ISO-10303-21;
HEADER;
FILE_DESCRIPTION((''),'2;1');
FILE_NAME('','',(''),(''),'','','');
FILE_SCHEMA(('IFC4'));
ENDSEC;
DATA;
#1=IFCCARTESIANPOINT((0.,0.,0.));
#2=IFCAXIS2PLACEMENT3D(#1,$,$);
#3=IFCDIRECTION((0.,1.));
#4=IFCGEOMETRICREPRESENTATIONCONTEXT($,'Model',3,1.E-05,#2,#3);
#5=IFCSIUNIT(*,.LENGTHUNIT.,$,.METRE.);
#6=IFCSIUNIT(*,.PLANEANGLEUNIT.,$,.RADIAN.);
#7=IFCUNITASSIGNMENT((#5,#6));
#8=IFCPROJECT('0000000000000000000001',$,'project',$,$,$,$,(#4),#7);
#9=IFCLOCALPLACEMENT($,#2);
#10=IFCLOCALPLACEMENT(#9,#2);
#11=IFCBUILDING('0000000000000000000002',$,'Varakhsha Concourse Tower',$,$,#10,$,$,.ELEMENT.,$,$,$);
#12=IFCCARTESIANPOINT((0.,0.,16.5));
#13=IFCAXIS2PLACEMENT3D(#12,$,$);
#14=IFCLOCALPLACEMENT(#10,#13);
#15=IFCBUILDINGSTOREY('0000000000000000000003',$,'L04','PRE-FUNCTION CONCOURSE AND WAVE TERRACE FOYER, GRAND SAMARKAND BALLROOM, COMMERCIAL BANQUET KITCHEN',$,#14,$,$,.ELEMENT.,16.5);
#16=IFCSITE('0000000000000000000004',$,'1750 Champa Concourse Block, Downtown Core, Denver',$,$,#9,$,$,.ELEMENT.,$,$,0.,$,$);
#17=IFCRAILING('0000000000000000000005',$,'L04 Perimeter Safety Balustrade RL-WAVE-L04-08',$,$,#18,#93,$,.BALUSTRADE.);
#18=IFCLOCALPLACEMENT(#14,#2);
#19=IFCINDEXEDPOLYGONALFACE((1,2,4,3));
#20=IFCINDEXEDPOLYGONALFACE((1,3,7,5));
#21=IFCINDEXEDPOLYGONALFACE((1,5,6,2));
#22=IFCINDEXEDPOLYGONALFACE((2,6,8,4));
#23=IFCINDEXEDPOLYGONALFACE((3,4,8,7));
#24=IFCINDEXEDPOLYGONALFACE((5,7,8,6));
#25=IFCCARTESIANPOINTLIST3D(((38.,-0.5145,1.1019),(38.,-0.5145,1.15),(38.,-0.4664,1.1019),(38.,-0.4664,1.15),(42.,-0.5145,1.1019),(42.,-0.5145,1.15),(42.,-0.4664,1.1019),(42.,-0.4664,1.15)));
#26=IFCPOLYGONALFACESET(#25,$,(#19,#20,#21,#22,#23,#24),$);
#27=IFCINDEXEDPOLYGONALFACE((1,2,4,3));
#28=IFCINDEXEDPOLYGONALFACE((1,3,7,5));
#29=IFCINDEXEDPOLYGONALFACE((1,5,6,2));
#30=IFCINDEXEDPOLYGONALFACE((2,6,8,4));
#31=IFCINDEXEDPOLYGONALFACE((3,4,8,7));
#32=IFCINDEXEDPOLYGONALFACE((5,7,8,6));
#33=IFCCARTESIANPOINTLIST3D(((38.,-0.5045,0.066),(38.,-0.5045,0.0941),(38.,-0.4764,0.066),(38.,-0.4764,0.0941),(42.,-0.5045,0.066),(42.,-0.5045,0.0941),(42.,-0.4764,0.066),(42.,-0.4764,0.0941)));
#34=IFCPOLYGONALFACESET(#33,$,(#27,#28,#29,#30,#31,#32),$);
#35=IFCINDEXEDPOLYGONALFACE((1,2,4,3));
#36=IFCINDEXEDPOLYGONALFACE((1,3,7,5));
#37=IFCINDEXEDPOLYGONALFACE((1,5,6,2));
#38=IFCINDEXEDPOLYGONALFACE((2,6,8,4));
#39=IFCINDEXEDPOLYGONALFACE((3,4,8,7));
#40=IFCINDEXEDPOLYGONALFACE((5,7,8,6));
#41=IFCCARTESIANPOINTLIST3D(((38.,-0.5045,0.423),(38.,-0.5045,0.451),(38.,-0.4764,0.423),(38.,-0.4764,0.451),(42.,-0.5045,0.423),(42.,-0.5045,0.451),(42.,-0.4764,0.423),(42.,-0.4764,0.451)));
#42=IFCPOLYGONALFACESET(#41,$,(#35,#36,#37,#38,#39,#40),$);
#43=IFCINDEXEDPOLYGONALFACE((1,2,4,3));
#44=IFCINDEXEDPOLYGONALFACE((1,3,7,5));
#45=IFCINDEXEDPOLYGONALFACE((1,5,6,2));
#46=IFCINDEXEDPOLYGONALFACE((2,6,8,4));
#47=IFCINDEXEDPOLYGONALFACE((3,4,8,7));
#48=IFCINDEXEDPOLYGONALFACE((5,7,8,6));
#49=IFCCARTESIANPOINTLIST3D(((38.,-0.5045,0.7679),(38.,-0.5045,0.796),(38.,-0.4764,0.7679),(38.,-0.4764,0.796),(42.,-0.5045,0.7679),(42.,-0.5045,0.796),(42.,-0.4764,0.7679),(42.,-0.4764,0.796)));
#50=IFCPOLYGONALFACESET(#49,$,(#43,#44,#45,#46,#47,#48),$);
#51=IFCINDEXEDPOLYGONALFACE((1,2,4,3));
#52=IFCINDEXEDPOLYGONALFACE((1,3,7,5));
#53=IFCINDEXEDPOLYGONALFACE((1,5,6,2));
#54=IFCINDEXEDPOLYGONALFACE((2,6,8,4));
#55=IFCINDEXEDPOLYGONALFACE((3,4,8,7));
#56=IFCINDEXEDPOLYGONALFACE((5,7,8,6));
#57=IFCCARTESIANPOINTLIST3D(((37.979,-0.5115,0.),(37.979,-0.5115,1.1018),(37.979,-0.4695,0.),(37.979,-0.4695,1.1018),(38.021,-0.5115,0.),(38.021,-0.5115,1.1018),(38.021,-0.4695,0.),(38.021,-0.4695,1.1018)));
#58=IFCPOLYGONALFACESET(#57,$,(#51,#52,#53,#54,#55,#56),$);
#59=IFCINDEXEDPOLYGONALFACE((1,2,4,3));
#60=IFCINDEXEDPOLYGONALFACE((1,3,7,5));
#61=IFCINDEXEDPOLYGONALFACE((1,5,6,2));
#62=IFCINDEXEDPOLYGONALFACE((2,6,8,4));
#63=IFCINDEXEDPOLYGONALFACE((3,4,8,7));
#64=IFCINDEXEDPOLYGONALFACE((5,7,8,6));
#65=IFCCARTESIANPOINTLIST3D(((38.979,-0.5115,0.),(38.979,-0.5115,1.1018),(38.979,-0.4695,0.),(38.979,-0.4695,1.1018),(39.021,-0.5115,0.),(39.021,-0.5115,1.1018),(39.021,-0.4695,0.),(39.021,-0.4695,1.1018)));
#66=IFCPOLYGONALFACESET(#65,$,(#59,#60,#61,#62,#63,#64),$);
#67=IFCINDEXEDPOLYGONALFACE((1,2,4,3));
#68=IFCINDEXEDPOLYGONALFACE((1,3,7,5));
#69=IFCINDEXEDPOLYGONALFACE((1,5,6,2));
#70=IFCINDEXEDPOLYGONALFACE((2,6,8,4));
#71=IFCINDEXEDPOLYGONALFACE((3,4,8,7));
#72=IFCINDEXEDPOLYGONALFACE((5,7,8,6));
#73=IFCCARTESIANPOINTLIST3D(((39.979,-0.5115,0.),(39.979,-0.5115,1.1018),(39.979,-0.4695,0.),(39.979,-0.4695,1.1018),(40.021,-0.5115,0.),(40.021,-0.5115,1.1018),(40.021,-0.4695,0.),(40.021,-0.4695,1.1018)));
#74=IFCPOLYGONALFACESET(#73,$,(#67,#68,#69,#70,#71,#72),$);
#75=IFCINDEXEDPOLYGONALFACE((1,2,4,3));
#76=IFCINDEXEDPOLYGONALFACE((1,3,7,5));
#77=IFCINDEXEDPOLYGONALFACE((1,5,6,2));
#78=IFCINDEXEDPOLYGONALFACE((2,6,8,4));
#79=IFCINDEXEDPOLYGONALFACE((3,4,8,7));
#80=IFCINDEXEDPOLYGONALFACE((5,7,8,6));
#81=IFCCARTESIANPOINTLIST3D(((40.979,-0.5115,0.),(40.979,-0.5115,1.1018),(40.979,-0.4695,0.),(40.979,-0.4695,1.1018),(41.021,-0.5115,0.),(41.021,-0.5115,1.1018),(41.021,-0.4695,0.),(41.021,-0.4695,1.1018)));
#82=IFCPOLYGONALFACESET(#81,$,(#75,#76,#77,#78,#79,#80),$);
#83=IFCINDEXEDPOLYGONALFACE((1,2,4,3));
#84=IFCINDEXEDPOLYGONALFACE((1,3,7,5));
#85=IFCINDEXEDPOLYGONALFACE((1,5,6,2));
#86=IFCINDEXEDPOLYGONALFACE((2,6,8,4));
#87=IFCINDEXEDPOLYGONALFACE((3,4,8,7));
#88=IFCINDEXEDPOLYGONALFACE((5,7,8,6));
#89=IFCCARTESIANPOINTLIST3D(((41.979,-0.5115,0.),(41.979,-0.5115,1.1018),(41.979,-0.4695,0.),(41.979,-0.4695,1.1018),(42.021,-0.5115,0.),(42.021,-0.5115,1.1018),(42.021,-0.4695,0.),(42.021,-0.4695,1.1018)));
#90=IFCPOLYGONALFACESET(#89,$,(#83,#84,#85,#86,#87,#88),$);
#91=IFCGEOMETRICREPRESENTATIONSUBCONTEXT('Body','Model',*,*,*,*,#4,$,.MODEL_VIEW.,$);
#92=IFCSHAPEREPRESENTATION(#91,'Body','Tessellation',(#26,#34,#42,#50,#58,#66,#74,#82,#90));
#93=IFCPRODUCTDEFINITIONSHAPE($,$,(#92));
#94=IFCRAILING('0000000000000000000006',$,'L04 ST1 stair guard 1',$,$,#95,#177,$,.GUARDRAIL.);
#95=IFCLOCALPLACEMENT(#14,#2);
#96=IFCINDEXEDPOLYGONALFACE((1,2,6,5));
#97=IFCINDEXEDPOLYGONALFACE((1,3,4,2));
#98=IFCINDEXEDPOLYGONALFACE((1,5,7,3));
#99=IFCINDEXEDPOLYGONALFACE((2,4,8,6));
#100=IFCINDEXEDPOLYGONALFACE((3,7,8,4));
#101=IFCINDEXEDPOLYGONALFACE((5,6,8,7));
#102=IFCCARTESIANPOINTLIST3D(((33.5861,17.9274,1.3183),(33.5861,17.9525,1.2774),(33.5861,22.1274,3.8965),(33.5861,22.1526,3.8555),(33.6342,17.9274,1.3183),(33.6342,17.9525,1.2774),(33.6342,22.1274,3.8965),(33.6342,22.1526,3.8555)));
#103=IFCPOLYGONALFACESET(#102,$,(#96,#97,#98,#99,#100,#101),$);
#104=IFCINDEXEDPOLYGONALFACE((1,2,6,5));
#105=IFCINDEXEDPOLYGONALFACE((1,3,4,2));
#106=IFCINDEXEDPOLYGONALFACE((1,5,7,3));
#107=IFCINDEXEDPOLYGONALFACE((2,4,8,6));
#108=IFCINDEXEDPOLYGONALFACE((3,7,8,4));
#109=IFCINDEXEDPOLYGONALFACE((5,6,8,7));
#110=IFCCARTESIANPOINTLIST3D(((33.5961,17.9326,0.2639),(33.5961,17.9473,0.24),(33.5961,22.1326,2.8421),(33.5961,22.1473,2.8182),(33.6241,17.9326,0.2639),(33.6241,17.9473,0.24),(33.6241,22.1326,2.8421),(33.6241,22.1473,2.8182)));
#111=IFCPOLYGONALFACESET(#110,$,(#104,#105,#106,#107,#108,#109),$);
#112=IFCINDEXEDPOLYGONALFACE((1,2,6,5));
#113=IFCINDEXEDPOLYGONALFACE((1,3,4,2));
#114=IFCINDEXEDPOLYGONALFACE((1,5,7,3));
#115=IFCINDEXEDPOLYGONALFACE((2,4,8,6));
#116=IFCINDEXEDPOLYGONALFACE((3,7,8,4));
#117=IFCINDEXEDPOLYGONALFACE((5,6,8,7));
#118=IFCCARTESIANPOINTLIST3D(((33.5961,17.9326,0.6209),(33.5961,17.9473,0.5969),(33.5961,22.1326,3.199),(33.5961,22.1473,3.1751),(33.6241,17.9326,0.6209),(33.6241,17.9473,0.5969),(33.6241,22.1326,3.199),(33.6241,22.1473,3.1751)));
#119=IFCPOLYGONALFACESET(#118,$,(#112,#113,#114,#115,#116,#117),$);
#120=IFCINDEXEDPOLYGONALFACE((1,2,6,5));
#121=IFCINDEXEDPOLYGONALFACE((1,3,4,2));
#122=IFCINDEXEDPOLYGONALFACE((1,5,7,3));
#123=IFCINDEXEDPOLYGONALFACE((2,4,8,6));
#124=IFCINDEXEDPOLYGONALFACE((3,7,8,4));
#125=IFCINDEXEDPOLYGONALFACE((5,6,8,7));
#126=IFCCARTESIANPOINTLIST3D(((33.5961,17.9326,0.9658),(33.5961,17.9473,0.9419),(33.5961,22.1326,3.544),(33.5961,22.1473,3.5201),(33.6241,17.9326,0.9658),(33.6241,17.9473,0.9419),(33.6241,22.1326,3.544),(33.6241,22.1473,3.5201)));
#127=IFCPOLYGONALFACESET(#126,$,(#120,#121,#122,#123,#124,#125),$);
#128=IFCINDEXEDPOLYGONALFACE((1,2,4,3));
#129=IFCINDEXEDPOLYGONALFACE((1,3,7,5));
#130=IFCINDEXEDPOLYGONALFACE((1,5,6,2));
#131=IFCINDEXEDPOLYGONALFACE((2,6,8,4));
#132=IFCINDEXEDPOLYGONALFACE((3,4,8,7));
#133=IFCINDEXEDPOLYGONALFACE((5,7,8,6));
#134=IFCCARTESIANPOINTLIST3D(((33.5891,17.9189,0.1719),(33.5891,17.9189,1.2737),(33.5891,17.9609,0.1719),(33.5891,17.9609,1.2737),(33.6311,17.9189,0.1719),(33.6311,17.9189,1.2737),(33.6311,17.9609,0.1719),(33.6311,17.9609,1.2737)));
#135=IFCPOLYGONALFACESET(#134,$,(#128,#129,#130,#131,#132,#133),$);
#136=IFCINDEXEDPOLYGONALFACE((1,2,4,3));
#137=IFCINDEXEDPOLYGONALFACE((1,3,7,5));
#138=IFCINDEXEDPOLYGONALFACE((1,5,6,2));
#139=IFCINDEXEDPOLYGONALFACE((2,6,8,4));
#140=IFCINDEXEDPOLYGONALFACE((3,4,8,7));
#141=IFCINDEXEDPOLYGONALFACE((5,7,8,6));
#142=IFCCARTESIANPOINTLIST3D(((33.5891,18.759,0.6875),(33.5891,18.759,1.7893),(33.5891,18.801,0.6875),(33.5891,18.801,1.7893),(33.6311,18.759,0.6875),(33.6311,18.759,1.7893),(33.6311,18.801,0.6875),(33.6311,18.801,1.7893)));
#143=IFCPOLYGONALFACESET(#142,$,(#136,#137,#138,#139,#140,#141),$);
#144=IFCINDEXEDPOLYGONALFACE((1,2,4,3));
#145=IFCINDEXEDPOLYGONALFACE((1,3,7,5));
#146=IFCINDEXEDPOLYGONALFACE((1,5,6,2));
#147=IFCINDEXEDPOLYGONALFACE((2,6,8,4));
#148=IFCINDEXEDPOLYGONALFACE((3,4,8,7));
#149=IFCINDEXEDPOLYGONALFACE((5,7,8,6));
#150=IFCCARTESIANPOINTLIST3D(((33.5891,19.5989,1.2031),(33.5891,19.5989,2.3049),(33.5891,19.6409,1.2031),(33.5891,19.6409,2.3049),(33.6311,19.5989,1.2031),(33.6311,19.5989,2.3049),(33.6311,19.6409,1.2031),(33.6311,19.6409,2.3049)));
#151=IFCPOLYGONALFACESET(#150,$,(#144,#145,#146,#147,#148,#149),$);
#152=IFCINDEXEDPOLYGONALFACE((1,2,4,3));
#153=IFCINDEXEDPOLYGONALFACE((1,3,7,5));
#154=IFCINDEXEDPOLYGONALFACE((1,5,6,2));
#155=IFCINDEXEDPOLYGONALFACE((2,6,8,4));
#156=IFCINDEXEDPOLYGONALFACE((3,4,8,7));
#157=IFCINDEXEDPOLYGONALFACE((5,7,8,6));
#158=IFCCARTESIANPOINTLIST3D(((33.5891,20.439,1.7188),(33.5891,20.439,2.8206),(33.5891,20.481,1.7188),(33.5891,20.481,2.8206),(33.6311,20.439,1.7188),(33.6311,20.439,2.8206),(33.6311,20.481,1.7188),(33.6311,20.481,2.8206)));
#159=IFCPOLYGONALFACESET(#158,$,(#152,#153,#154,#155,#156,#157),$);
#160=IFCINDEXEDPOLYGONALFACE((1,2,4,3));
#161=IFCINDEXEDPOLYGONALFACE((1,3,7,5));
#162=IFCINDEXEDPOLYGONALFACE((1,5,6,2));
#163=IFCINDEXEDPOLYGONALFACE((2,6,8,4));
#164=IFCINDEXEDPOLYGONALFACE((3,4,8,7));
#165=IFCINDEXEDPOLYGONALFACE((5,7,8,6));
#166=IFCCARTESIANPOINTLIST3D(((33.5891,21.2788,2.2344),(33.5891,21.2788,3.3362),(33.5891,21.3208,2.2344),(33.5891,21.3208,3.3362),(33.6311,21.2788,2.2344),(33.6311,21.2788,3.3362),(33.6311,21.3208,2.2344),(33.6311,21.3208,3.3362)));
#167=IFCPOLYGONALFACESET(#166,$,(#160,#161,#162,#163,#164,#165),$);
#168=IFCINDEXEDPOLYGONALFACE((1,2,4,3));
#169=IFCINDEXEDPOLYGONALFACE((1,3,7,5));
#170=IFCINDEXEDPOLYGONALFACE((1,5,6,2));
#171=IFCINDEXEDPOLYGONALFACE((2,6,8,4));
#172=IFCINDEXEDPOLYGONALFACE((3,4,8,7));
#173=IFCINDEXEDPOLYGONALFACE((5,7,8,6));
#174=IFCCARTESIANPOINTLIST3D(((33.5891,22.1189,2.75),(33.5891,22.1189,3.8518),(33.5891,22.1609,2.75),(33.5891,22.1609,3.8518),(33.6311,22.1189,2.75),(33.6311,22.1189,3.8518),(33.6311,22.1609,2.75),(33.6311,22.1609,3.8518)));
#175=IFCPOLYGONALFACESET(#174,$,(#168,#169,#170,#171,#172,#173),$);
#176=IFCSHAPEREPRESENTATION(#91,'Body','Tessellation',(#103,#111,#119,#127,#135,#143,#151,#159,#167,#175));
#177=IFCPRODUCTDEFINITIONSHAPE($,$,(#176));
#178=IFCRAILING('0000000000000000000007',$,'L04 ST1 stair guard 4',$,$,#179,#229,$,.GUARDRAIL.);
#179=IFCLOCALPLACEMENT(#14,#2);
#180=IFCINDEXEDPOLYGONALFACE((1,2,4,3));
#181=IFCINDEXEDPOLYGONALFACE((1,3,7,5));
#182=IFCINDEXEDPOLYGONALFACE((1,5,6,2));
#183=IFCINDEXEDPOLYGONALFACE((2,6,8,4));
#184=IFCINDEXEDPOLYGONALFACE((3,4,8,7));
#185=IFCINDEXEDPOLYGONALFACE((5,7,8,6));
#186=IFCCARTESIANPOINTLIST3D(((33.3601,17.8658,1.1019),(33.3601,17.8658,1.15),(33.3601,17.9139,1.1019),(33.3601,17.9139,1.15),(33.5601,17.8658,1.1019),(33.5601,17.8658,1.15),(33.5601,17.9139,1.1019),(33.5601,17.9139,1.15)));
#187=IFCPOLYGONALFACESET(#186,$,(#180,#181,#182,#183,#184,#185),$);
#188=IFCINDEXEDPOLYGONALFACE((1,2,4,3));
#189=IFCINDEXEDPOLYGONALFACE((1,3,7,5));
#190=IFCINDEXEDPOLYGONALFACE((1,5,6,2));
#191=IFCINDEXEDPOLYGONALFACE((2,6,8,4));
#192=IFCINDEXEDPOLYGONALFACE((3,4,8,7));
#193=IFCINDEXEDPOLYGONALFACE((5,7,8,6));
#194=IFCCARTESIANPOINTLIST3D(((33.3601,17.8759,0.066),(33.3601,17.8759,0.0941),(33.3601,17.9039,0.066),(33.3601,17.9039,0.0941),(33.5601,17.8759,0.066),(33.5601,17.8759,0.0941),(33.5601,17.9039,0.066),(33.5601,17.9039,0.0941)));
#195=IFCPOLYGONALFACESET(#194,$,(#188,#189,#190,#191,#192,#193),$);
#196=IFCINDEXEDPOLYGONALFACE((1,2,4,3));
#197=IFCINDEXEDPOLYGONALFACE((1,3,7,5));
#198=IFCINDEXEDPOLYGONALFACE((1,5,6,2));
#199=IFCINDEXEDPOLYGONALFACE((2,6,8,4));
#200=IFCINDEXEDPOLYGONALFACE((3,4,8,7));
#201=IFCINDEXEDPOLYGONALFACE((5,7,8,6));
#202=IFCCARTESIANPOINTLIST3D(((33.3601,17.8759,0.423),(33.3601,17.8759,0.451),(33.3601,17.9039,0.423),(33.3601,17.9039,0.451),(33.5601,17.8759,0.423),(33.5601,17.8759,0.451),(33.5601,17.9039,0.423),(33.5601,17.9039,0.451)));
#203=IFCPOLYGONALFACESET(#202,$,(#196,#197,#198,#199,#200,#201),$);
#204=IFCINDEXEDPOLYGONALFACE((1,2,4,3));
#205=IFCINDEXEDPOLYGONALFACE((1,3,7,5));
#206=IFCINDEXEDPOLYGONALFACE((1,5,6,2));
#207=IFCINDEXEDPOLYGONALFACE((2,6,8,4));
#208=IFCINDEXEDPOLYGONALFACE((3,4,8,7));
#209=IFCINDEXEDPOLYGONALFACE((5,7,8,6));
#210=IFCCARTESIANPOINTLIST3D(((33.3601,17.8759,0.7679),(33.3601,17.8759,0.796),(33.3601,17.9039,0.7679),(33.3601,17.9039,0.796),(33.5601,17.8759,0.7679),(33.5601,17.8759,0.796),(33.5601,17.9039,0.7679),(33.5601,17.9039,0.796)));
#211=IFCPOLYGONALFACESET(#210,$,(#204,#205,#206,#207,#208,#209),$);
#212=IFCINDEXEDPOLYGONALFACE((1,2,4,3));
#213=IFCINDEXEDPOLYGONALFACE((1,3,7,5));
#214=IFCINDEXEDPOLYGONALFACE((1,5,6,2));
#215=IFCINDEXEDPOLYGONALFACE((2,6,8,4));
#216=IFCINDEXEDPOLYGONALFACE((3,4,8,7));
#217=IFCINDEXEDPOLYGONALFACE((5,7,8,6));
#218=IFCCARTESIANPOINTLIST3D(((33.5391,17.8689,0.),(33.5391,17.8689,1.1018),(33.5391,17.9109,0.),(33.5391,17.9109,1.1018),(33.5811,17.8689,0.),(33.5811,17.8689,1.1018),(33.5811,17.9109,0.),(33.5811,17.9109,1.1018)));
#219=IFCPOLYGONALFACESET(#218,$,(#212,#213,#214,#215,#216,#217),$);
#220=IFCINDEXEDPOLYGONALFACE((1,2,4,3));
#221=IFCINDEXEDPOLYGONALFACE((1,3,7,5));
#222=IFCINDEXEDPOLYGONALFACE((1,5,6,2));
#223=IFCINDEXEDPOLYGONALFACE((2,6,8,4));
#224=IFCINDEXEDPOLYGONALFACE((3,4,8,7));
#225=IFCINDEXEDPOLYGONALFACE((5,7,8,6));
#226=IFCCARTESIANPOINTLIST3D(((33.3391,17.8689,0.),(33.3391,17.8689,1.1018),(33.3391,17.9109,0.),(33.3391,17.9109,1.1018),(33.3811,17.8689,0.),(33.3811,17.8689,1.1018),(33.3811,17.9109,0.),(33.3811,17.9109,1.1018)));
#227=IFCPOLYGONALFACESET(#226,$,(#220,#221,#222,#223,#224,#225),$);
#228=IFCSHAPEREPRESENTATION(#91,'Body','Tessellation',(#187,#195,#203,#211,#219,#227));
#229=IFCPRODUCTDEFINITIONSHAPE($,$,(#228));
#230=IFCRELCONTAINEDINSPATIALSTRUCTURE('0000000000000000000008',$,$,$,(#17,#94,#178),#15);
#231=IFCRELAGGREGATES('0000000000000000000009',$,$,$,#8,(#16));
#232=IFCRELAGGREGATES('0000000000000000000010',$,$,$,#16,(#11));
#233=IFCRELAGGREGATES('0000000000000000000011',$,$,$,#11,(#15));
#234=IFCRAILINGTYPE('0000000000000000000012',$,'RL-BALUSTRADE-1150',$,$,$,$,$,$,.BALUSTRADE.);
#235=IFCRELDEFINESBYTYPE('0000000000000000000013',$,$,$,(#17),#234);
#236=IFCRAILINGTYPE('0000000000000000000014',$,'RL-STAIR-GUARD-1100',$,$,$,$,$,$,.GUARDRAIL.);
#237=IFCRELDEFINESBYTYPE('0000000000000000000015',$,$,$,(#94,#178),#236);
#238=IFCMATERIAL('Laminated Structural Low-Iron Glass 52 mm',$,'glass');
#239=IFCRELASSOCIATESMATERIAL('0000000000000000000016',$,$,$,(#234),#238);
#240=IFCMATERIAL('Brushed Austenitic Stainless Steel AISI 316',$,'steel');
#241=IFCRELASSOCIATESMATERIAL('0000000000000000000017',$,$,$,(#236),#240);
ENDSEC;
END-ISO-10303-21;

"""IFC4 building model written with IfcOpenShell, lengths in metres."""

from ifc_helpers import new_model, si_unit, direction, frame, origin, origin_2d, place, context, subcontext, project, spatial, rectangle, extrude, material, type_object, element, save


model = new_model("IFC4")

# Units and contexts
model_context = context("Model", 3, precision=1e-05, world=origin(), true_north=direction((0.0, 1.0)))
body_context = subcontext(model_context, "Body", "Model", "MODEL_VIEW")
ifc_project = project(units=[si_unit("LENGTHUNIT", "METRE"), si_unit("PLANEANGLEUNIT", "RADIAN")], contexts=[model_context])

# Site, building, storey
site_placement = place(None, origin())
site = spatial("IfcSite", under=ifc_project, at=site_placement, Name="1750 Champa Concourse Block, Downtown Core, Denver", CompositionType="ELEMENT", RefElevation=0.0)
building_placement = place(site_placement, origin())
building = spatial("IfcBuilding", under=site, at=building_placement, Name="Varakhsha Concourse Tower", CompositionType="ELEMENT")
storey_placement = place(building_placement, frame((0.0, 0.0, 16.5)))
storey = spatial("IfcBuildingStorey", under=building, at=storey_placement, Name="L04", Description="PRE-FUNCTION CONCOURSE AND WAVE TERRACE FOYER, GRAND SAMARKAND BALLROOM, COMMERCIAL BANQUET KITCHEN", CompositionType="ELEMENT", Elevation=16.5)

# Railings
ifc_material_1 = material(Name="Laminated Structural Low-Iron Glass 52 mm", Category="glass")
railing_type_1 = type_object("IfcRailingType", Name="RL-BALUSTRADE-1150", PredefinedType="BALUSTRADE", material=ifc_material_1)
railing_1_placement = place(storey_placement, frame((38.0, -0.4905, 0.0)))
element("IfcRailing", 1, at=railing_1_placement, inside=storey, type_object=railing_type_1, Name="L04 Perimeter Safety Balustrade RL-WAVE-L04-08", PredefinedType="BALUSTRADE", context=body_context, shape_type="SweptSolid", body=[
    extrude(rectangle(XDim=0.0481, YDim=0.0481, at=origin_2d()), frame((0.0, 0.0, 1.126), z_axis=(1.0, 0.0, 0.0), x_axis=(0.0, 1.0, 0.0)), (0.0, 0.0, 1.0), 4.0),
    extrude(rectangle(XDim=0.0281, YDim=0.0281, at=origin_2d()), frame((0.0, 0.0, 0.0801), z_axis=(1.0, 0.0, 0.0), x_axis=(0.0, 1.0, 0.0)), (0.0, 0.0, 1.0), 4.0),
    extrude(rectangle(XDim=0.0281, YDim=0.0281, at=origin_2d()), frame((0.0, 0.0, 0.437), z_axis=(1.0, 0.0, 0.0), x_axis=(0.0, 1.0, 0.0)), (0.0, 0.0, 1.0), 4.0),
    extrude(rectangle(XDim=0.0281, YDim=0.0281, at=origin_2d()), frame((0.0, 0.0, 0.782), z_axis=(1.0, 0.0, 0.0), x_axis=(0.0, 1.0, 0.0)), (0.0, 0.0, 1.0), 4.0),
    extrude(rectangle(XDim=0.042, YDim=0.042, at=origin_2d()), origin(), (0.0, 0.0, 1.0), 1.1018),
    extrude(rectangle(XDim=0.042, YDim=0.042, at=origin_2d()), frame((1.0, 0.0, 0.0)), (0.0, 0.0, 1.0), 1.1018),
    extrude(rectangle(XDim=0.042, YDim=0.042, at=origin_2d()), frame((2.0, 0.0, 0.0)), (0.0, 0.0, 1.0), 1.1018),
    extrude(rectangle(XDim=0.042, YDim=0.042, at=origin_2d()), frame((3.0, 0.0, 0.0)), (0.0, 0.0, 1.0), 1.1018),
    extrude(rectangle(XDim=0.042, YDim=0.042, at=origin_2d()), frame((4.0, 0.0, 0.0)), (0.0, 0.0, 1.0), 1.1018),
])
ifc_material_2 = material(Name="Brushed Austenitic Stainless Steel AISI 316", Category="steel")
railing_type_2 = type_object("IfcRailingType", Name="RL-STAIR-GUARD-1100", PredefinedType="GUARDRAIL", material=ifc_material_2)
railing_2_placement = place(storey_placement, frame((33.6101, 17.9399, 0.1719)))
element("IfcRailing", 2, at=railing_2_placement, inside=storey, type_object=railing_type_2, Name="L04 ST1 stair guard 1", PredefinedType="GUARDRAIL", context=body_context, shape_type="SweptSolid", body=[
    extrude(rectangle(XDim=0.0481, YDim=0.0481, at=origin_2d()), frame((0.0, 0.0, 1.126), z_axis=(0.0, 0.852243, 0.523146), x_axis=(-1.0, 0.0, 0.0)), (0.0, 0.0, 1.0), 4.9282),
    extrude(rectangle(XDim=0.0281, YDim=0.0281, at=origin_2d()), frame((0.0, 0.0, 0.0801), z_axis=(0.0, 0.852243, 0.523146), x_axis=(-1.0, 0.0, 0.0)), (0.0, 0.0, 1.0), 4.9282),
    extrude(rectangle(XDim=0.0281, YDim=0.0281, at=origin_2d()), frame((0.0, 0.0, 0.437), z_axis=(0.0, 0.852243, 0.523146), x_axis=(-1.0, 0.0, 0.0)), (0.0, 0.0, 1.0), 4.9282),
    extrude(rectangle(XDim=0.0281, YDim=0.0281, at=origin_2d()), frame((0.0, 0.0, 0.782), z_axis=(0.0, 0.852243, 0.523146), x_axis=(-1.0, 0.0, 0.0)), (0.0, 0.0, 1.0), 4.9282),
    extrude(rectangle(XDim=0.042, YDim=0.042, at=origin_2d()), origin(), (0.0, 0.0, 1.0), 1.1018),
    extrude(rectangle(XDim=0.042, YDim=0.042, at=origin_2d()), frame((0.0, 0.8401, 0.5156)), (0.0, 0.0, 1.0), 1.1018),
    extrude(rectangle(XDim=0.042, YDim=0.042, at=origin_2d()), frame((0.0, 1.6799, 1.0312)), (0.0, 0.0, 1.0), 1.1018),
    extrude(rectangle(XDim=0.042, YDim=0.042, at=origin_2d()), frame((0.0, 2.52, 1.5469)), (0.0, 0.0, 1.0), 1.1018),
    extrude(rectangle(XDim=0.042, YDim=0.042, at=origin_2d()), frame((0.0, 3.3599, 2.0625)), (0.0, 0.0, 1.0), 1.1018),
    extrude(rectangle(XDim=0.042, YDim=0.042, at=origin_2d()), frame((0.0, 4.2, 2.5781)), (0.0, 0.0, 1.0), 1.1018),
])
railing_3_placement = place(storey_placement, frame((33.5601, 17.8899, 0.0)))
element("IfcRailing", 3, at=railing_3_placement, inside=storey, type_object=railing_type_2, Name="L04 ST1 stair guard 4", PredefinedType="GUARDRAIL", context=body_context, shape_type="SweptSolid", body=[
    extrude(rectangle(XDim=0.0481, YDim=0.0481, at=origin_2d()), frame((0.0, 0.0, 1.126), z_axis=(-1.0, 0.0, 0.0), x_axis=(0.0, -1.0, 0.0)), (0.0, 0.0, 1.0), 0.2),
    extrude(rectangle(XDim=0.0281, YDim=0.0281, at=origin_2d()), frame((0.0, 0.0, 0.0801), z_axis=(-1.0, 0.0, 0.0), x_axis=(0.0, -1.0, 0.0)), (0.0, 0.0, 1.0), 0.2),
    extrude(rectangle(XDim=0.0281, YDim=0.0281, at=origin_2d()), frame((0.0, 0.0, 0.437), z_axis=(-1.0, 0.0, 0.0), x_axis=(0.0, -1.0, 0.0)), (0.0, 0.0, 1.0), 0.2),
    extrude(rectangle(XDim=0.0281, YDim=0.0281, at=origin_2d()), frame((0.0, 0.0, 0.782), z_axis=(-1.0, 0.0, 0.0), x_axis=(0.0, -1.0, 0.0)), (0.0, 0.0, 1.0), 0.2),
    extrude(rectangle(XDim=0.042, YDim=0.042, at=origin_2d()), origin(), (0.0, 0.0, 1.0), 1.1018),
    extrude(rectangle(XDim=0.042, YDim=0.042, at=origin_2d()), frame((-0.2, 0.0, 0.0)), (0.0, 0.0, 1.0), 1.1018),
])

save(model, "model.ifc")
